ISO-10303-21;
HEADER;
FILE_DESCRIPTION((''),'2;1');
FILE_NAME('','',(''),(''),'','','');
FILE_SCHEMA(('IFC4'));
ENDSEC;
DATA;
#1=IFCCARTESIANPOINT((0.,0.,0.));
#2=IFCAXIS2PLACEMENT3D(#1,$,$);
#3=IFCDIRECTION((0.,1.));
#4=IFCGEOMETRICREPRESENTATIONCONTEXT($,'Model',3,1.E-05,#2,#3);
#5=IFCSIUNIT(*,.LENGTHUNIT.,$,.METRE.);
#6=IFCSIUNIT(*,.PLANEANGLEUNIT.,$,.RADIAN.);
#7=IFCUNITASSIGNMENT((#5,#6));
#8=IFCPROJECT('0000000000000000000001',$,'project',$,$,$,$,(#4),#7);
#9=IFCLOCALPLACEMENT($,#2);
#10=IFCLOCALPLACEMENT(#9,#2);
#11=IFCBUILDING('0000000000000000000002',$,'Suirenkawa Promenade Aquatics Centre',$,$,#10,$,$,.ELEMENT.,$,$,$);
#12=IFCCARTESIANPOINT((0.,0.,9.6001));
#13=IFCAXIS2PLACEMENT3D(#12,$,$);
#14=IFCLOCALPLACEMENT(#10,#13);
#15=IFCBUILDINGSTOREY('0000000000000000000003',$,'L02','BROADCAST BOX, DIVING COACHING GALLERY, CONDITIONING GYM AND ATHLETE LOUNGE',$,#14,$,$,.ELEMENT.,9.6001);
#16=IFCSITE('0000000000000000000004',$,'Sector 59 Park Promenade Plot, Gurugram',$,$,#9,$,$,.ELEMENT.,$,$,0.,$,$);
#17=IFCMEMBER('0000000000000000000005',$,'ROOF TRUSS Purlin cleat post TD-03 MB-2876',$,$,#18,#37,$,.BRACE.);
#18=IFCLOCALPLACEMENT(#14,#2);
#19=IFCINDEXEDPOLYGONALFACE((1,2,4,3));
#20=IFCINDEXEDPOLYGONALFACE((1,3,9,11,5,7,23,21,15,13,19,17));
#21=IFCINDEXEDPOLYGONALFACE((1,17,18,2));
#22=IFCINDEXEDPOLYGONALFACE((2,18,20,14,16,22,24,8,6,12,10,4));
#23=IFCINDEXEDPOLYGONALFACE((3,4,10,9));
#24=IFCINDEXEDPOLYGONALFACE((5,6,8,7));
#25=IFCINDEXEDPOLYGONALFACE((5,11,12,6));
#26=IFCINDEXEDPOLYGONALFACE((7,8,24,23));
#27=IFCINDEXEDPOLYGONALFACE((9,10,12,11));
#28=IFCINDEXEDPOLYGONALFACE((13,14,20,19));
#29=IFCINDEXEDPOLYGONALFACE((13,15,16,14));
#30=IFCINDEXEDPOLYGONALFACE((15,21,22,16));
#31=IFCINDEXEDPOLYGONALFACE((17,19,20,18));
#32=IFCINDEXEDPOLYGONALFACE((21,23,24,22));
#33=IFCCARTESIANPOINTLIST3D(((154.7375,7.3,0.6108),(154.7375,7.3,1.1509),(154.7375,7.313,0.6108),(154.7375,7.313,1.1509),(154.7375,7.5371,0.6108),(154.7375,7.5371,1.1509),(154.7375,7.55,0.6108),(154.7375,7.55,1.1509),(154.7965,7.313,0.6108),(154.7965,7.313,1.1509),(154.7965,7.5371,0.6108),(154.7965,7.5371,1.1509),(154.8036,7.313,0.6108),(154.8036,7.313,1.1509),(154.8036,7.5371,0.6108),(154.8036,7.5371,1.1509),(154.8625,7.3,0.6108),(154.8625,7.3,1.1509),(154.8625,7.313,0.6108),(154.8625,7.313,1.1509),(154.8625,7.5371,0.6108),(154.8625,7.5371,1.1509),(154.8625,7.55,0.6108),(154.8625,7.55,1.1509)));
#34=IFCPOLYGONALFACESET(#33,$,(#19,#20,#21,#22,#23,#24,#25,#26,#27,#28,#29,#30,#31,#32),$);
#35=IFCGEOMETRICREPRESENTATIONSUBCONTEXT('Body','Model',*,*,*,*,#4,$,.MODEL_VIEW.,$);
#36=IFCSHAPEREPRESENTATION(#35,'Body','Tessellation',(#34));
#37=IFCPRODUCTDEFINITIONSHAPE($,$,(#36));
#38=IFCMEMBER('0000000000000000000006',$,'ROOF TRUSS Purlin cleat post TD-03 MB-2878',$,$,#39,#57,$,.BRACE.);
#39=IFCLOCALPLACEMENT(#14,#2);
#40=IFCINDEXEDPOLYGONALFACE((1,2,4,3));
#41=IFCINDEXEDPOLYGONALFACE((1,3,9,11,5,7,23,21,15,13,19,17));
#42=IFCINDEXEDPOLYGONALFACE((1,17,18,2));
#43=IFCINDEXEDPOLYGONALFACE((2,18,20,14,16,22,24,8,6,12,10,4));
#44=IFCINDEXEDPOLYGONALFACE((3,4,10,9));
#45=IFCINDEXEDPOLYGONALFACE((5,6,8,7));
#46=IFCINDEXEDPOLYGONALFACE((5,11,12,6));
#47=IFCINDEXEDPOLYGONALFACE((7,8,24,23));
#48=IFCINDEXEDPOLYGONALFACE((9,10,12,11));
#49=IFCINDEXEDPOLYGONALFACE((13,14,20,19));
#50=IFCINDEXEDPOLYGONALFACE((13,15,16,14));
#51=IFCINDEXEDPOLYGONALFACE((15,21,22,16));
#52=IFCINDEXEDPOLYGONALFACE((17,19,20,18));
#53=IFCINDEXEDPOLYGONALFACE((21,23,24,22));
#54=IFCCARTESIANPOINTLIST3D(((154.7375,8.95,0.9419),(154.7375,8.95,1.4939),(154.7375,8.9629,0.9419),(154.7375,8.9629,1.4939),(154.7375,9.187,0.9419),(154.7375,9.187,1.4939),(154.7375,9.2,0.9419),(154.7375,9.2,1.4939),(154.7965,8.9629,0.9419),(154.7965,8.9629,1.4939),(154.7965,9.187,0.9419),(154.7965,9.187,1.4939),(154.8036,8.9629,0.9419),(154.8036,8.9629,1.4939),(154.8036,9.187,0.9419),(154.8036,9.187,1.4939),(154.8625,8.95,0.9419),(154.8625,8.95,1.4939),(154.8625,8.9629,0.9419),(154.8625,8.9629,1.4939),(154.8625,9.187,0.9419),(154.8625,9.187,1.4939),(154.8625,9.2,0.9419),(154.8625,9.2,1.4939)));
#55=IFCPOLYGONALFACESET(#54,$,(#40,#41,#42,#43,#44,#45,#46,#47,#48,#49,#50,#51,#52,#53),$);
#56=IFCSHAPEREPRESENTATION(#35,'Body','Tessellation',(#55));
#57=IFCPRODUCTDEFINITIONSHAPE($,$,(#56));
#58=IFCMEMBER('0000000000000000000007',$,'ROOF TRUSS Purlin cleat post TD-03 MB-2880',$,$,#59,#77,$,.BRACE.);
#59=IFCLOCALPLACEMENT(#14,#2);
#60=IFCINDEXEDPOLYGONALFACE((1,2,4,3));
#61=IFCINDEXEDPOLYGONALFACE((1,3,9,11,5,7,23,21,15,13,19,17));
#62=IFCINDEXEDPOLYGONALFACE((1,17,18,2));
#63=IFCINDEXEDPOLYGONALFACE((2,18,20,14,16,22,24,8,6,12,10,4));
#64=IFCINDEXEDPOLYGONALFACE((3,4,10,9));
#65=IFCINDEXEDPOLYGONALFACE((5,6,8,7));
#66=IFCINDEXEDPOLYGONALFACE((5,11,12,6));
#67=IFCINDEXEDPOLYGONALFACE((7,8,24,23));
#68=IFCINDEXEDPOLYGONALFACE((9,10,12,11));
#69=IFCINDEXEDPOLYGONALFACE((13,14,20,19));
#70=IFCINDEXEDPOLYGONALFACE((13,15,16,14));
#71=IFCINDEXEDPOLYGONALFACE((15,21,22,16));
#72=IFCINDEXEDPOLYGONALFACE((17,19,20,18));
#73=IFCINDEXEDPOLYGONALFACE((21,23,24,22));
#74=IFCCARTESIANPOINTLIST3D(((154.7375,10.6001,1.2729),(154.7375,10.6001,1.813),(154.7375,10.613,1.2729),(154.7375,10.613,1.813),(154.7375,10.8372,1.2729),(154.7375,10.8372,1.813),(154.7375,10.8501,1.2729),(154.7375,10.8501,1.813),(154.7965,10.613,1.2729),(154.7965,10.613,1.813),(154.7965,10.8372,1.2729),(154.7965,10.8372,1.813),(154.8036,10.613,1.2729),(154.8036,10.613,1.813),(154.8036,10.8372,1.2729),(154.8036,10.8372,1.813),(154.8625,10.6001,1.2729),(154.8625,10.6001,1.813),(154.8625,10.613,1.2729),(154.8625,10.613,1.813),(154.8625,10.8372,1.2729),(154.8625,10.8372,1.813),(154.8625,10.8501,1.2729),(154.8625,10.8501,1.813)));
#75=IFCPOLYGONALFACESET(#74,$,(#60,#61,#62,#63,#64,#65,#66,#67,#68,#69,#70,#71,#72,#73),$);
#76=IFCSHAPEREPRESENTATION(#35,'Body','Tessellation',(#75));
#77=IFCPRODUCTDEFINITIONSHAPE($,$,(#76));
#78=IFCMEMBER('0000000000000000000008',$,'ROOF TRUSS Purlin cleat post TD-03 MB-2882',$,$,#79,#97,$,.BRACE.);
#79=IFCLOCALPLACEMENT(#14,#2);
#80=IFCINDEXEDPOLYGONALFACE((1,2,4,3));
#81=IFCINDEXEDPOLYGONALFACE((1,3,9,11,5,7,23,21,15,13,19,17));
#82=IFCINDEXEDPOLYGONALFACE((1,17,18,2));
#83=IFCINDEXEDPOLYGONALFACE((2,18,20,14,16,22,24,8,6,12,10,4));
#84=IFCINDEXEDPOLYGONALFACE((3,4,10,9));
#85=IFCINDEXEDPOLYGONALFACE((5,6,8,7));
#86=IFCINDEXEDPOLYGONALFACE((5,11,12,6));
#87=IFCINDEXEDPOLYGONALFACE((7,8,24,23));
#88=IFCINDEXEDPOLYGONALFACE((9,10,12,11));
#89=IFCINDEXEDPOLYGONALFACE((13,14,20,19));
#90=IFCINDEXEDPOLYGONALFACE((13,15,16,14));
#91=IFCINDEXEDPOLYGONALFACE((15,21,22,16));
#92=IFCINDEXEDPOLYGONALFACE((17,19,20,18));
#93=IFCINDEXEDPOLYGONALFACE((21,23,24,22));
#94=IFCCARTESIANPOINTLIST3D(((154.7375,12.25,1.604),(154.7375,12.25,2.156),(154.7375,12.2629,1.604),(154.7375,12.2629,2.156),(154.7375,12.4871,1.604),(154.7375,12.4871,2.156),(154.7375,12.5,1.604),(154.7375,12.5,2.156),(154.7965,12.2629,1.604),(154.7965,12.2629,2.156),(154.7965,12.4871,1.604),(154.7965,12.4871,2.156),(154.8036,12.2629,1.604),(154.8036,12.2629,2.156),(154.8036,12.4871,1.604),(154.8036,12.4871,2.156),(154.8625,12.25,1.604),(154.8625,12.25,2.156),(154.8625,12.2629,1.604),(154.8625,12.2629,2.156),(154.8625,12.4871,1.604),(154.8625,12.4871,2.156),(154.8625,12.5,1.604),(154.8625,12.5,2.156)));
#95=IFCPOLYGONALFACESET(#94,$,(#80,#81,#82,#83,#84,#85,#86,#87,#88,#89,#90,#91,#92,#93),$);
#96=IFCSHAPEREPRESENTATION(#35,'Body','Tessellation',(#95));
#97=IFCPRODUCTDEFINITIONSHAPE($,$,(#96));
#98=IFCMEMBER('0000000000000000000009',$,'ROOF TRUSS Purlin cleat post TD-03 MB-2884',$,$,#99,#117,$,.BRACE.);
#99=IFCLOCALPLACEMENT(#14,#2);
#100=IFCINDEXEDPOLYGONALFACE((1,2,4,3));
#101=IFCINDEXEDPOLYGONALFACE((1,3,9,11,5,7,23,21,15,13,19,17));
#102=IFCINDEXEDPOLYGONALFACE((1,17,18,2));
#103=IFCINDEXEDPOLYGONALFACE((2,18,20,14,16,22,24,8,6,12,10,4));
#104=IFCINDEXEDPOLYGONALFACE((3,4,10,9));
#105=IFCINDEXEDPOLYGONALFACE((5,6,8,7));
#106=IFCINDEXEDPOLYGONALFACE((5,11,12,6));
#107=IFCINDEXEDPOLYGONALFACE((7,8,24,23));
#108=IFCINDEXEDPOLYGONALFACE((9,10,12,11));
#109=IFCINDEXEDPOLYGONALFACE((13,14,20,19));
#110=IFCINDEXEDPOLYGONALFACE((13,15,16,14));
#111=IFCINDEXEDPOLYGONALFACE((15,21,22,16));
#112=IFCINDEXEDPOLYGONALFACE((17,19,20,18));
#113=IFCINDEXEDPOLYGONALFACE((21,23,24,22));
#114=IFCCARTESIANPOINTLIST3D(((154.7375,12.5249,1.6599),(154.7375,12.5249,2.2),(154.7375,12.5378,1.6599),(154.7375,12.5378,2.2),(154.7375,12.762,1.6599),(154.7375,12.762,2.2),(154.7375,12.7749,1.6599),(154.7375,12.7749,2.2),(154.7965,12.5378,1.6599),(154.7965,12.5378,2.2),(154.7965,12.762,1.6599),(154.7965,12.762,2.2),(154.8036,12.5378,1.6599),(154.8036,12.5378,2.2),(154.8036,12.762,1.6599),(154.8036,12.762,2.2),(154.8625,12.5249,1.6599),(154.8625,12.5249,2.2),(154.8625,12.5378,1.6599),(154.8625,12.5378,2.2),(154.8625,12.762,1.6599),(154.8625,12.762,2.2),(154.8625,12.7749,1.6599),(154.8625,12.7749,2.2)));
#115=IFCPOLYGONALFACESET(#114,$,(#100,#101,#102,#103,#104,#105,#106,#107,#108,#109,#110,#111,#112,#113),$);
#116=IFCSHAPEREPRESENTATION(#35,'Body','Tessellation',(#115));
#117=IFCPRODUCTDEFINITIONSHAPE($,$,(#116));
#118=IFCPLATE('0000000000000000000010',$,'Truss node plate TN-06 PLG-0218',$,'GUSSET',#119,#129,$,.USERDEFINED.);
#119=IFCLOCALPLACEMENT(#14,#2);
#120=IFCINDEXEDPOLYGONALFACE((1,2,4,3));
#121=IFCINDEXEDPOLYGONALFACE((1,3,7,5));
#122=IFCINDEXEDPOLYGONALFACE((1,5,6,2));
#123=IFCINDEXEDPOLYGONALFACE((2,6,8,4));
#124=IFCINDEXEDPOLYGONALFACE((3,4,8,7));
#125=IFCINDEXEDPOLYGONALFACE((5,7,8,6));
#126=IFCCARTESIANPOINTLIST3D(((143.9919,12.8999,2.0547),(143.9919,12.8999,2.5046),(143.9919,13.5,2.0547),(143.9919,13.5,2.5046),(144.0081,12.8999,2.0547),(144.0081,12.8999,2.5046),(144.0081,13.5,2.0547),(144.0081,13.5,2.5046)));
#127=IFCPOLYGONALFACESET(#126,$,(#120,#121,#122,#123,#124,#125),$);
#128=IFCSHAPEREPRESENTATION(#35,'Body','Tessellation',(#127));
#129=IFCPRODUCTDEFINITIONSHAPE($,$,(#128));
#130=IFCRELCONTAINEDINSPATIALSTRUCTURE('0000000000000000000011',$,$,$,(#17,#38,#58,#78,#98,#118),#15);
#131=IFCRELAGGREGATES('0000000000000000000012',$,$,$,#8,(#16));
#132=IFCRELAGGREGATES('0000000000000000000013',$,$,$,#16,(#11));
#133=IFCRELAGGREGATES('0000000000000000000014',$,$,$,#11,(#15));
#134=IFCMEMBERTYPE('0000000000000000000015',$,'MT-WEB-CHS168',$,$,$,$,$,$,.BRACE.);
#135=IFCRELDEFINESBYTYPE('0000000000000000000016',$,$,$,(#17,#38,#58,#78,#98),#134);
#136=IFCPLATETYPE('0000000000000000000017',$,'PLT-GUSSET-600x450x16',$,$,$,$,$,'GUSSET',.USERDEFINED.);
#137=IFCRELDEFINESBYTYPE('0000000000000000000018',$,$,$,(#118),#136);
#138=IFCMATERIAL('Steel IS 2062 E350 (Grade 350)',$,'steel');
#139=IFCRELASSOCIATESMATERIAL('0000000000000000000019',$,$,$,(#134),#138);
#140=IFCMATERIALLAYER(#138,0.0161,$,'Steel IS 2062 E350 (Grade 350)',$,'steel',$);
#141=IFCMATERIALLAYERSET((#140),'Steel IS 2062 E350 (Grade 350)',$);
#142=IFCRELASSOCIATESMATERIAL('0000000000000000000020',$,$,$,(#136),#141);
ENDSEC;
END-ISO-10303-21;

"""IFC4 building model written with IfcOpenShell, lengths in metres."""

from ifc_helpers import new_model, si_unit, direction, frame, origin, origin_2d, place, context, subcontext, project, spatial, rectangle, i_section, extrude, material, layer, layer_set, material_profile, profile_set, type_object, element, save


model = new_model("IFC4")

# Units and contexts
model_context = context("Model", 3, precision=1e-05, world=origin(), true_north=direction((0.0, 1.0)))
body_context = subcontext(model_context, "Body", "Model", "MODEL_VIEW")
ifc_project = project(units=[si_unit("LENGTHUNIT", "METRE"), si_unit("PLANEANGLEUNIT", "RADIAN")], contexts=[model_context])

# Site, building, storey
site_placement = place(None, origin())
site = spatial("IfcSite", under=ifc_project, at=site_placement, Name="Sector 59 Park Promenade Plot, Gurugram", CompositionType="ELEMENT", RefElevation=0.0)
building_placement = place(site_placement, origin())
building = spatial("IfcBuilding", under=site, at=building_placement, Name="Suirenkawa Promenade Aquatics Centre", CompositionType="ELEMENT")
storey_placement = place(building_placement, frame((0.0, 0.0, 9.6001)))
storey = spatial("IfcBuildingStorey", under=building, at=storey_placement, Name="L02", Description="BROADCAST BOX, DIVING COACHING GALLERY, CONDITIONING GYM AND ATHLETE LOUNGE", CompositionType="ELEMENT", Elevation=9.6001)

# Shared definitions
ifc_material_1 = material(Name="Steel IS 2062 E350 (Grade 350)", Category="steel")

# Members
ifc_material_profile_1 = material_profile(ifc_material_1, i_section(OverallWidth=0.125, OverallDepth=0.25, WebThickness=0.0071, FlangeThickness=0.0129, at=origin_2d()), Name="ISMB 250", Category="steel")
ifc_profile_set_1 = profile_set([ifc_material_profile_1], Name="Steel IS 2062 E350 (Grade 350)")
member_type_1 = type_object("IfcMemberType", Name="MT-WEB-CHS168", PredefinedType="BRACE", material=ifc_profile_set_1)
member_1_placement = place(storey_placement, frame((154.8, 7.425, 0.6108), z_axis=(0.0, 0.0, 1.0), x_axis=(1.0, 0.0, 0.0)))
element("IfcMember", 1, at=member_1_placement, inside=storey, type_object=member_type_1, Name="ROOF TRUSS Purlin cleat post TD-03 MB-2876", PredefinedType="BRACE", context=body_context, shape_type="SweptSolid", body=[
    extrude(i_section(OverallWidth=0.125, OverallDepth=0.25, WebThickness=0.0071, FlangeThickness=0.0129, at=origin_2d()), origin(), (0.0, 0.0, 1.0), 0.54),
])
member_2_placement = place(storey_placement, frame((154.8, 9.075, 0.9419), z_axis=(0.0, 0.0, 1.0), x_axis=(1.0, 0.0, 0.0)))
element("IfcMember", 2, at=member_2_placement, inside=storey, type_object=member_type_1, Name="ROOF TRUSS Purlin cleat post TD-03 MB-2878", PredefinedType="BRACE", context=body_context, shape_type="SweptSolid", body=[
    extrude(i_section(OverallWidth=0.125, OverallDepth=0.25, WebThickness=0.0071, FlangeThickness=0.0129, at=origin_2d()), origin(), (0.0, 0.0, 1.0), 0.552),
])
member_3_placement = place(storey_placement, frame((154.8, 10.7251, 1.2729), z_axis=(0.0, 0.0, 1.0), x_axis=(1.0, 0.0, 0.0)))
element("IfcMember", 3, at=member_3_placement, inside=storey, type_object=member_type_1, Name="ROOF TRUSS Purlin cleat post TD-03 MB-2880", PredefinedType="BRACE", context=body_context, shape_type="SweptSolid", body=[
    extrude(i_section(OverallWidth=0.125, OverallDepth=0.25, WebThickness=0.0071, FlangeThickness=0.0129, at=origin_2d()), origin(), (0.0, 0.0, 1.0), 0.54),
])
member_4_placement = place(storey_placement, frame((154.8, 12.375, 1.604), z_axis=(0.0, 0.0, 1.0), x_axis=(1.0, 0.0, 0.0)))
element("IfcMember", 4, at=member_4_placement, inside=storey, type_object=member_type_1, Name="ROOF TRUSS Purlin cleat post TD-03 MB-2882", PredefinedType="BRACE", context=body_context, shape_type="SweptSolid", body=[
    extrude(i_section(OverallWidth=0.125, OverallDepth=0.25, WebThickness=0.0071, FlangeThickness=0.0129, at=origin_2d()), origin(), (0.0, 0.0, 1.0), 0.552),
])
member_5_placement = place(storey_placement, frame((154.8, 12.6499, 1.6599), z_axis=(0.0, 0.0, 1.0), x_axis=(1.0, 0.0, 0.0)))
element("IfcMember", 5, at=member_5_placement, inside=storey, type_object=member_type_1, Name="ROOF TRUSS Purlin cleat post TD-03 MB-2884", PredefinedType="BRACE", context=body_context, shape_type="SweptSolid", body=[
    extrude(i_section(OverallWidth=0.125, OverallDepth=0.25, WebThickness=0.0071, FlangeThickness=0.0129, at=origin_2d()), origin(), (0.0, 0.0, 1.0), 0.54),
])

# Plate
ifc_layer = layer(ifc_material_1, 0.0161, Name="Steel IS 2062 E350 (Grade 350)", Category="steel")
ifc_layer_set = layer_set([ifc_layer], Name="Steel IS 2062 E350 (Grade 350)")
plate_type = type_object("IfcPlateType", Name="PLT-GUSSET-600x450x16", ElementType="GUSSET", PredefinedType="USERDEFINED", material=ifc_layer_set)
plate_placement = place(storey_placement, frame((144.0, 13.2, 2.0547), z_axis=(0.0, 0.0, 1.0), x_axis=(0.0, 1.0, 0.0)))
element("IfcPlate", 6, at=plate_placement, inside=storey, type_object=plate_type, Name="Truss node plate TN-06 PLG-0218", ObjectType="GUSSET", PredefinedType="USERDEFINED", context=body_context, shape_type="SweptSolid", body=[
    extrude(rectangle(XDim=0.6001, YDim=0.0161, at=origin_2d()), origin(), (0.0, 0.0, 1.0), 0.45),
])

save(model, "model.ifc")
